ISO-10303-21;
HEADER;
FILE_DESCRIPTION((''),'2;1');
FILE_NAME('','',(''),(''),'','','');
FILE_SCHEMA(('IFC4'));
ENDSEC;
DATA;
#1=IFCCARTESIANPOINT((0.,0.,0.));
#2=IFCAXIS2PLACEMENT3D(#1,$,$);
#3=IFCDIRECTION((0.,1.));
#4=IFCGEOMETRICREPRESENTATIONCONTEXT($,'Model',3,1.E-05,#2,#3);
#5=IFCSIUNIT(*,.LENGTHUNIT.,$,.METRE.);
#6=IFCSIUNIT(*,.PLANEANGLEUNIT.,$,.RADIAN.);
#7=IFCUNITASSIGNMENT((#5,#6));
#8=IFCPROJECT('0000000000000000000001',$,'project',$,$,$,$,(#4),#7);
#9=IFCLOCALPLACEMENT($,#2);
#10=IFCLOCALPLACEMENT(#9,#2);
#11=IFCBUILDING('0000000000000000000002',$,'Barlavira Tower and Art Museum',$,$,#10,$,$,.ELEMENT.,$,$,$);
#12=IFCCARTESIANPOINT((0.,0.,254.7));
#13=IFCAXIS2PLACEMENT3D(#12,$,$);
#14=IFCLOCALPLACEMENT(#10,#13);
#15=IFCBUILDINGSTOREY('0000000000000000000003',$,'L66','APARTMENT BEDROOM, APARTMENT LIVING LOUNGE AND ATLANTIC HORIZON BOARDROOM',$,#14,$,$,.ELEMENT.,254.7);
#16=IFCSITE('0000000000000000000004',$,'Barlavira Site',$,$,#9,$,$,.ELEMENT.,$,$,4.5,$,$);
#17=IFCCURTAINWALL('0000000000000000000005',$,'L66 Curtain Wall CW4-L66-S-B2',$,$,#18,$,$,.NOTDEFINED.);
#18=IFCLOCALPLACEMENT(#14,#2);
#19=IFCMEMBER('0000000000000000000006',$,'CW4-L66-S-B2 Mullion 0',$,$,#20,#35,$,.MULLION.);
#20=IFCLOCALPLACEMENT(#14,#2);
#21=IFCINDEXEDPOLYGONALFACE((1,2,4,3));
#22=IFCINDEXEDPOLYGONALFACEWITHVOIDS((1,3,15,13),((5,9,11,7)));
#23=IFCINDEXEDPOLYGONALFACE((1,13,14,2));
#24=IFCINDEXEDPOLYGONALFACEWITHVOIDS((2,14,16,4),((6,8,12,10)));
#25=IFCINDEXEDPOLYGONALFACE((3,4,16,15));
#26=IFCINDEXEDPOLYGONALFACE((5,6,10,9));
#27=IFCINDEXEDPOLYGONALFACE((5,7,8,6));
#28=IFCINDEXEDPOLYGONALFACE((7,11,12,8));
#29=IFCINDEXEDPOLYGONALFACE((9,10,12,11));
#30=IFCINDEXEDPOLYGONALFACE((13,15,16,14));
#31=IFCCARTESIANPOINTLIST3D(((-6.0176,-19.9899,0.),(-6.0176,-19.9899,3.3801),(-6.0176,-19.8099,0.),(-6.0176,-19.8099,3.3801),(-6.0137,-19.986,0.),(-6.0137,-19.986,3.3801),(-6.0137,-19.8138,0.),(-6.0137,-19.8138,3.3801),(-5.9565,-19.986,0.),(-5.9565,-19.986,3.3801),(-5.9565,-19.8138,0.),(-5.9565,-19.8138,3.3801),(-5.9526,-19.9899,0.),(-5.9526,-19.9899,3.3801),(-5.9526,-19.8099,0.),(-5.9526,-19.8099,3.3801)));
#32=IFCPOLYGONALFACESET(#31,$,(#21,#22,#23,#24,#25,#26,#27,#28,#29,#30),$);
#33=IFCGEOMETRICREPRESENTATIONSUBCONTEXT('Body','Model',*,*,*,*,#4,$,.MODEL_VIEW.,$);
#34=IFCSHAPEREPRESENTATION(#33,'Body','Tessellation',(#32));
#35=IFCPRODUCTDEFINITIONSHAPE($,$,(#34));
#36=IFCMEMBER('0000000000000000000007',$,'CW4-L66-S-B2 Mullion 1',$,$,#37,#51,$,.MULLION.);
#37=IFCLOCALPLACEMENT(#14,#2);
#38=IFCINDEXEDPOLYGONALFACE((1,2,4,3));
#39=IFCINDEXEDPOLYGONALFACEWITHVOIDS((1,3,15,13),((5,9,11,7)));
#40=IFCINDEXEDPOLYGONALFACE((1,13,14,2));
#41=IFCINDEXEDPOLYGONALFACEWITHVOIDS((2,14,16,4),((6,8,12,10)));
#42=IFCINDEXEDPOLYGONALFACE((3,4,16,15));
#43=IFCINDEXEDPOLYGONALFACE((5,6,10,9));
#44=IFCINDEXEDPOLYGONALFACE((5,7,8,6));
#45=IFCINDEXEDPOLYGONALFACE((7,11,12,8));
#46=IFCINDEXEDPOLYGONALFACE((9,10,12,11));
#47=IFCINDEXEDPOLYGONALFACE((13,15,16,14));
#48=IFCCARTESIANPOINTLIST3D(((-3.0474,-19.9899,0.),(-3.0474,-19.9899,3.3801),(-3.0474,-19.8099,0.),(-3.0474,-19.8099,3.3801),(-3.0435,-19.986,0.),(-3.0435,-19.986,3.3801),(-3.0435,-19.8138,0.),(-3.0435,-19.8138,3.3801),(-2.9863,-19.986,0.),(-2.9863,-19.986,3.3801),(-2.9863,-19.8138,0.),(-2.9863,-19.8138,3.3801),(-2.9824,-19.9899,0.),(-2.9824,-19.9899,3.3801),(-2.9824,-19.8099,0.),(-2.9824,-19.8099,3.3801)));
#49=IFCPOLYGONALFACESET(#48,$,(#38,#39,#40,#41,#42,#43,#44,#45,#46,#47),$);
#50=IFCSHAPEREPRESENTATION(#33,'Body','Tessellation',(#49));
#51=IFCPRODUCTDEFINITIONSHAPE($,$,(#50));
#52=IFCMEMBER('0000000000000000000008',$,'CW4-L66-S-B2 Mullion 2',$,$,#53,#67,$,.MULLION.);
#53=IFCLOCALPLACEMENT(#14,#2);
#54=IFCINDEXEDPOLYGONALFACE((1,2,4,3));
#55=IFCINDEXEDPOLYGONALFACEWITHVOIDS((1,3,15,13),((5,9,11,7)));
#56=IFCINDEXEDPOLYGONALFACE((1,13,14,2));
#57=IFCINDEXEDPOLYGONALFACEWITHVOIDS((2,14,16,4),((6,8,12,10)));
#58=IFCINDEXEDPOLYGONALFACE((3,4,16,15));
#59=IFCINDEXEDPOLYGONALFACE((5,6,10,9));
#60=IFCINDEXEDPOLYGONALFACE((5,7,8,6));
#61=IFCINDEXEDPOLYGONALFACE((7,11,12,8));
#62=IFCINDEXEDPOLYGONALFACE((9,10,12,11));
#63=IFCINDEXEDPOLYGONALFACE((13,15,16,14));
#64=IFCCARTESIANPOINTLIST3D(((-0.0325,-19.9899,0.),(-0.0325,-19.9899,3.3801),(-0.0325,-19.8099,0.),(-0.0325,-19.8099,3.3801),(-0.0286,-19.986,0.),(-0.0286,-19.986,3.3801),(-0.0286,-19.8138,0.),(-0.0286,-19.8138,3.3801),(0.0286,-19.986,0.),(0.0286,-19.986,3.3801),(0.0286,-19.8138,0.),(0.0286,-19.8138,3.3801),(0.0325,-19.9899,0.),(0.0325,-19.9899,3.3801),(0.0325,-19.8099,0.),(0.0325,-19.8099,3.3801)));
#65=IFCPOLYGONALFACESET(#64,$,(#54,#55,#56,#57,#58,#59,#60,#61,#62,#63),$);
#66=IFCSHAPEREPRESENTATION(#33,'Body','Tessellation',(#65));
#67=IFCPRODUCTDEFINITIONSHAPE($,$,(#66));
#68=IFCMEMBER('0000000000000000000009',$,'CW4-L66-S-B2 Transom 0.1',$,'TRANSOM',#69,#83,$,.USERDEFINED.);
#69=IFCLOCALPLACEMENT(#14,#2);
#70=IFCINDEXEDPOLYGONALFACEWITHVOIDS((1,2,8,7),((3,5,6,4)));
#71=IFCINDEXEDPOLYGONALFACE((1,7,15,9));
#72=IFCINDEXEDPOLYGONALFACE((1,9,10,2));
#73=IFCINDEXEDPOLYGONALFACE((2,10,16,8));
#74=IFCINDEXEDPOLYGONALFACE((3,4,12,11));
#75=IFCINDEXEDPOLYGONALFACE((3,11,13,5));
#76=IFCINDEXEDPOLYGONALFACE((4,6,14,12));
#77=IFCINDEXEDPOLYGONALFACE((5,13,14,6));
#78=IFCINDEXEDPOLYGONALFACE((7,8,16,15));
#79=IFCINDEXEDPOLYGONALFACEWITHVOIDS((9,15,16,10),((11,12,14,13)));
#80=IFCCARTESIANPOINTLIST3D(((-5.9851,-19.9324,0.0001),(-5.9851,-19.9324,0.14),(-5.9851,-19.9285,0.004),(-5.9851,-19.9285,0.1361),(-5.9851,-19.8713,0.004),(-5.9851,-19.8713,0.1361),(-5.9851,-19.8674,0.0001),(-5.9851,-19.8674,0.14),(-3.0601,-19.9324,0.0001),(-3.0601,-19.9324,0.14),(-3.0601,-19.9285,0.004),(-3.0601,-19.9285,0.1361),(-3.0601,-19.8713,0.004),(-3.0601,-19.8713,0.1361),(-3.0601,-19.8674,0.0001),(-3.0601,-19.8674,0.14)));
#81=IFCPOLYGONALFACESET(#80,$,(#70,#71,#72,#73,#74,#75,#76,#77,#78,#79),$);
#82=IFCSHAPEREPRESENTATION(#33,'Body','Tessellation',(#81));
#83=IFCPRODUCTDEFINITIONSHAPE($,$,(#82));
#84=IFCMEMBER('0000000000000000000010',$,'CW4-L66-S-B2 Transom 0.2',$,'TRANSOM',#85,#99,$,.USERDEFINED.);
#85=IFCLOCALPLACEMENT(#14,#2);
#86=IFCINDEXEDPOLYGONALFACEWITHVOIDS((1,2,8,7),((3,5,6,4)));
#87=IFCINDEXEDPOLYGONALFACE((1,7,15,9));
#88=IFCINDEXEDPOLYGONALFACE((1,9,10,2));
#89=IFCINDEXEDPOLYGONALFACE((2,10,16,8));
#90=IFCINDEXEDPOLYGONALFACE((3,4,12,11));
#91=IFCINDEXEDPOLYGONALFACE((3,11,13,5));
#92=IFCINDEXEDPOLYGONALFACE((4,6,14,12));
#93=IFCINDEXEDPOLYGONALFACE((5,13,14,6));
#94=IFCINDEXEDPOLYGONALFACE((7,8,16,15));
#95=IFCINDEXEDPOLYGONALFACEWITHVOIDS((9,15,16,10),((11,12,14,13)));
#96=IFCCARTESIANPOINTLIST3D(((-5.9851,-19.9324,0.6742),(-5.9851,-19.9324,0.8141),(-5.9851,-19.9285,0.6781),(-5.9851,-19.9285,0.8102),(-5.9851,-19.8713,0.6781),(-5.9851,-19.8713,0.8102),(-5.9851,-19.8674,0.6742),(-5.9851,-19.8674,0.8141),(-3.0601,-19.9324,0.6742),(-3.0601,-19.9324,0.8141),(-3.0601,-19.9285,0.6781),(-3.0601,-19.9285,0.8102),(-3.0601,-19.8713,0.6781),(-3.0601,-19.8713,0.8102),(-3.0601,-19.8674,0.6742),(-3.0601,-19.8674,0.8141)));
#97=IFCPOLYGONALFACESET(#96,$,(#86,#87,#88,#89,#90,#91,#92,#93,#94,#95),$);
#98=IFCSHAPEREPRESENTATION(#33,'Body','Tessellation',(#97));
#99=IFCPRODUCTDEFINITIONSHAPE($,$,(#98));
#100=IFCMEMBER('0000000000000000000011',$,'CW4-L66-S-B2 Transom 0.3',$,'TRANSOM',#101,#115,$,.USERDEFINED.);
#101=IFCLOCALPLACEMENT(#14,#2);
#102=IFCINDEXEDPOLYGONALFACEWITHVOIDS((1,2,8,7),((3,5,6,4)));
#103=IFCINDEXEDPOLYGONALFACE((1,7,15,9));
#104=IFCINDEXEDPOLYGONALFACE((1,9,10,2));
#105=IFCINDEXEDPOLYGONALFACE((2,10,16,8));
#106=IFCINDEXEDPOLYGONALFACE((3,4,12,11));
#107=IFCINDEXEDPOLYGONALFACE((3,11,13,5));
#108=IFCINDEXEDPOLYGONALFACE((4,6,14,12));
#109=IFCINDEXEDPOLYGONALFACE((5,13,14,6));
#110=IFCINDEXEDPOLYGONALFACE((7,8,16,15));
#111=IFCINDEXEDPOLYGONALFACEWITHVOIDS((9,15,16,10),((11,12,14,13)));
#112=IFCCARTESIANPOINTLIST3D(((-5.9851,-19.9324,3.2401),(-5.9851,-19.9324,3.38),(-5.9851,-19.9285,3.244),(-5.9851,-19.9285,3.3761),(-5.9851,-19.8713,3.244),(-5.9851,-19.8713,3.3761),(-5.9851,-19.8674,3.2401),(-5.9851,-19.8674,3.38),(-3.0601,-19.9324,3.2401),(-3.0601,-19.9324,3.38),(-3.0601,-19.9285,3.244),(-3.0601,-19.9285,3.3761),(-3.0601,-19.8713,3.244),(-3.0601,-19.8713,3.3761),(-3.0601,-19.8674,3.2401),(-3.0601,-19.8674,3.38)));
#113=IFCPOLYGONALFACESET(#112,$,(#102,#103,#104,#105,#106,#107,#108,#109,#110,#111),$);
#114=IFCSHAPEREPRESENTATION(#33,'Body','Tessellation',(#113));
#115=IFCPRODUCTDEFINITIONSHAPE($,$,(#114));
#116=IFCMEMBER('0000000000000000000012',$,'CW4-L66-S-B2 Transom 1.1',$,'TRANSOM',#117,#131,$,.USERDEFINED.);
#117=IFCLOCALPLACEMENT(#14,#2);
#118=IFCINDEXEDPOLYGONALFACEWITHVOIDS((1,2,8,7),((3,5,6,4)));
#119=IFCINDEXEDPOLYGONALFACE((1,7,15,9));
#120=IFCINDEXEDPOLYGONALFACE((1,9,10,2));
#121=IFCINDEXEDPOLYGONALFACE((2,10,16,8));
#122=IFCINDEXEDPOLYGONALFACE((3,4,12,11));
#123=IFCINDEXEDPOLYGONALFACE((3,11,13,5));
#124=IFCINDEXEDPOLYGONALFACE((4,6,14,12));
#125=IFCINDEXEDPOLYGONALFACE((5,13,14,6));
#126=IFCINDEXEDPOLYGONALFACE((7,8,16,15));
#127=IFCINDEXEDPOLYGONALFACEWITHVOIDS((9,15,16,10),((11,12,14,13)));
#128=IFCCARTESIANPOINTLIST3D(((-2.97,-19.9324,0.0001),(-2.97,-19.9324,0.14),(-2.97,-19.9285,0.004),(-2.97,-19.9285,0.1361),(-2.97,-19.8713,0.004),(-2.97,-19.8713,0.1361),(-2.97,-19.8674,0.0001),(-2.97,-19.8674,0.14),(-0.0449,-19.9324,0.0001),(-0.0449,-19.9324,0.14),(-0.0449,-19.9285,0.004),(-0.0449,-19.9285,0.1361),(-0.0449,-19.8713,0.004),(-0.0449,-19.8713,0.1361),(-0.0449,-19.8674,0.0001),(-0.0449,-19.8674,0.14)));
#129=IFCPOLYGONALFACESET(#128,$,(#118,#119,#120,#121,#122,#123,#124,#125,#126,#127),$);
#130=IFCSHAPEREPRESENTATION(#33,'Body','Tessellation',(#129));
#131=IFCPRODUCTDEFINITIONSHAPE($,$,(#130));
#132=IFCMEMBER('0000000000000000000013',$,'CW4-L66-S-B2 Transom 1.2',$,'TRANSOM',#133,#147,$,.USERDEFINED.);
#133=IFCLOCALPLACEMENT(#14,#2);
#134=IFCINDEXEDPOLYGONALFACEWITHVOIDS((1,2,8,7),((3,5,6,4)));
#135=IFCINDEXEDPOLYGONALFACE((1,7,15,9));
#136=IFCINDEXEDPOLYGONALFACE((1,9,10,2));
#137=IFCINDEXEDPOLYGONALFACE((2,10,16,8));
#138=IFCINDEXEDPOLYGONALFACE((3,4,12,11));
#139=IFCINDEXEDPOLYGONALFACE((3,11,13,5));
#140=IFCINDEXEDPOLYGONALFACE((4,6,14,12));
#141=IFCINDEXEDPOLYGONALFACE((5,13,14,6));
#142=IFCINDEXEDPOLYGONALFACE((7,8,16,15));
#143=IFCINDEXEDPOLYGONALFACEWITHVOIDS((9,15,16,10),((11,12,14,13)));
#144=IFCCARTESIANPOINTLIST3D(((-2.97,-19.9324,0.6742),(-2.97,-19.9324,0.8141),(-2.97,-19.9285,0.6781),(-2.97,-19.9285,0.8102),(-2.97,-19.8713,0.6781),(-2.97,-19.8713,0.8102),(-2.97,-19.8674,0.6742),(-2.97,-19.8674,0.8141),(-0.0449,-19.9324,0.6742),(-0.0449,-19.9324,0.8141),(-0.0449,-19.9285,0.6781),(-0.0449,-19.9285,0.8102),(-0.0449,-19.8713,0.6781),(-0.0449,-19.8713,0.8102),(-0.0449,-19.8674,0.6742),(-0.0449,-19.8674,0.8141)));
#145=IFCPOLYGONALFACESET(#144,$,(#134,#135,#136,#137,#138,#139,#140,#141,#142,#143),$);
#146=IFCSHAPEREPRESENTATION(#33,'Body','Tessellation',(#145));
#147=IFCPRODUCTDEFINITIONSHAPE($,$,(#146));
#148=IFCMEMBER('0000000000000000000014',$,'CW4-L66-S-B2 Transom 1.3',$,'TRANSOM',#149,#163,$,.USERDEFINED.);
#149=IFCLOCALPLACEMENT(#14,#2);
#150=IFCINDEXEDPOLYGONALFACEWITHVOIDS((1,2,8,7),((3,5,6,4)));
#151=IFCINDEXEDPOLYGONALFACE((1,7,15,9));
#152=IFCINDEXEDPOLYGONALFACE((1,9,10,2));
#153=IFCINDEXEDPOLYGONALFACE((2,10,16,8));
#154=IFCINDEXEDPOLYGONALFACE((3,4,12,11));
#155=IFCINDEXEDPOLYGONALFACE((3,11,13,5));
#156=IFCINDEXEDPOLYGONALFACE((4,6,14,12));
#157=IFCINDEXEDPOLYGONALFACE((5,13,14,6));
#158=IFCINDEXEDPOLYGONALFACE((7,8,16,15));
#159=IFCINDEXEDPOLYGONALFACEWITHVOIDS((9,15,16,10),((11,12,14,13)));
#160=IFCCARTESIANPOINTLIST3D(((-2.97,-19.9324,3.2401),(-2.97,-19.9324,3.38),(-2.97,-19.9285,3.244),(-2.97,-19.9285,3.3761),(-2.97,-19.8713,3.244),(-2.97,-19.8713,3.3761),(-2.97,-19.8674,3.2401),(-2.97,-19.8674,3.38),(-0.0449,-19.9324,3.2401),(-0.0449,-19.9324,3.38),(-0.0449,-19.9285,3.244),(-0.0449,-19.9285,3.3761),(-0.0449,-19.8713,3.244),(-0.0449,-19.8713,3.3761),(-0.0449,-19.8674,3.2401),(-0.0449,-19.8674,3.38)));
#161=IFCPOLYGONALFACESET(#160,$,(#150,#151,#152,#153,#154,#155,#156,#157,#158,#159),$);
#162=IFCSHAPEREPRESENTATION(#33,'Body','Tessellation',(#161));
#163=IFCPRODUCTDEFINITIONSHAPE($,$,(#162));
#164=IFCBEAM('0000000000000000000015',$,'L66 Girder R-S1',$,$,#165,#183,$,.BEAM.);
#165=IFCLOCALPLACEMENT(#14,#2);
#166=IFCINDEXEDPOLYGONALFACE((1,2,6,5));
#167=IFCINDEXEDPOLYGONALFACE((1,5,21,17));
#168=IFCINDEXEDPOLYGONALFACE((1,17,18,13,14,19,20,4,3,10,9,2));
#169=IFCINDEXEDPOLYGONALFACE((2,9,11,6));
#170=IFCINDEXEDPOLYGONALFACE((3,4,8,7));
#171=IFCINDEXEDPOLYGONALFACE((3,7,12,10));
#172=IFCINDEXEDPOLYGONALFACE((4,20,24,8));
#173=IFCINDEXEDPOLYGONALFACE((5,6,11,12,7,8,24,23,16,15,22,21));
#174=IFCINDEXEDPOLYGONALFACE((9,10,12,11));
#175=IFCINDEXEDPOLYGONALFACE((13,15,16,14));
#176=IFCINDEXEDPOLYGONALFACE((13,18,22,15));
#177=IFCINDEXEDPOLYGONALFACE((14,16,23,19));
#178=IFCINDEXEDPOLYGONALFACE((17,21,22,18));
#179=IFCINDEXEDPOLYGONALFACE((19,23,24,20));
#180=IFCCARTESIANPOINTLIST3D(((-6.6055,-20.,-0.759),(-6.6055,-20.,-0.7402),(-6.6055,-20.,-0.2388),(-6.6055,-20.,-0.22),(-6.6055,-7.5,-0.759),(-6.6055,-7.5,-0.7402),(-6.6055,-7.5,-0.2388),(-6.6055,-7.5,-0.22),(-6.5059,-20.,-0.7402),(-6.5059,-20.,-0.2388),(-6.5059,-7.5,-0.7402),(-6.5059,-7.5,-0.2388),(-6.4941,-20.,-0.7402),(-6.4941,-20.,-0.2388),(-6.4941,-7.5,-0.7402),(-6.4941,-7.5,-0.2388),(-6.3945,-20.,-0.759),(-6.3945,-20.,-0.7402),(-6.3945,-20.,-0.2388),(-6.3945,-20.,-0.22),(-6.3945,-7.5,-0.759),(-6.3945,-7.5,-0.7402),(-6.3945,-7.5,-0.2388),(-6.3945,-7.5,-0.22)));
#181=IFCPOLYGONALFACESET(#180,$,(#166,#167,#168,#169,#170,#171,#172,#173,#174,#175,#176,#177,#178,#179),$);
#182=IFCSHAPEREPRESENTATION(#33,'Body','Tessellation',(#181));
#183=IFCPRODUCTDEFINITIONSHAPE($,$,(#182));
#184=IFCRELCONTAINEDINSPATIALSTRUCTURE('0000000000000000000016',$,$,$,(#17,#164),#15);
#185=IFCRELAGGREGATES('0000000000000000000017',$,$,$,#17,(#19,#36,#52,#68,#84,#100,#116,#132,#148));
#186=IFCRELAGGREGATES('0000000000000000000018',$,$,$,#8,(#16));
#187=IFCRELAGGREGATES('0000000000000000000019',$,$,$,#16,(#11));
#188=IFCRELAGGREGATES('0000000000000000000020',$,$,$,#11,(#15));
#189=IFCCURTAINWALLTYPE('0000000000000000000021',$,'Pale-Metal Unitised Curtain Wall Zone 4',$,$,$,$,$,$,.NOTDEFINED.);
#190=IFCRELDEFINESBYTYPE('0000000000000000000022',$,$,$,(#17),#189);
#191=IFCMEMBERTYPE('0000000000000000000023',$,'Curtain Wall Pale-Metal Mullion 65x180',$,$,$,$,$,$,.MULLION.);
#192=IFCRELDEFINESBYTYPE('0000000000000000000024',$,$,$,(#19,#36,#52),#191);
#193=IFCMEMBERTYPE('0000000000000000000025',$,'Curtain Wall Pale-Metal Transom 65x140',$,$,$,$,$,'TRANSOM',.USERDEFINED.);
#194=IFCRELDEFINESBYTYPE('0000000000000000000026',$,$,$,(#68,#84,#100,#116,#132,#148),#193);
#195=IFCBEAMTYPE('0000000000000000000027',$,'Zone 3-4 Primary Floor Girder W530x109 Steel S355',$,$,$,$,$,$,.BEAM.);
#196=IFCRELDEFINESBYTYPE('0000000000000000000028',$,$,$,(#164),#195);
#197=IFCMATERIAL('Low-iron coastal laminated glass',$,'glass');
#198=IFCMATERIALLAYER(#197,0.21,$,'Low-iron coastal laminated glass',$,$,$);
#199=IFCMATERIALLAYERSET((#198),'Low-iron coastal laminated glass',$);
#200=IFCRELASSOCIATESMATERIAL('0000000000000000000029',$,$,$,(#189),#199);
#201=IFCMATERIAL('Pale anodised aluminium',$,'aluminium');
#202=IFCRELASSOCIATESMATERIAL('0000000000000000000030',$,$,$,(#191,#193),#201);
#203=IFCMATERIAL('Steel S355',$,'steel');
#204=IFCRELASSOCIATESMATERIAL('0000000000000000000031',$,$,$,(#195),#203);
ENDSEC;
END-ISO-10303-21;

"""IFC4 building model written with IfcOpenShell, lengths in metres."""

from ifc_helpers import new_model, si_unit, direction, frame, origin, origin_2d, place, context, subcontext, project, spatial, hollow_rectangle, i_section, extrude, material, layer, layer_set, material_profile, profile_set, type_object, element, aggregate, save


model = new_model("IFC4")

# Units and contexts
model_context = context("Model", 3, precision=1e-05, world=origin(), true_north=direction((0.0, 1.0)))
body_context = subcontext(model_context, "Body", "Model", "MODEL_VIEW")
ifc_project = project(units=[si_unit("LENGTHUNIT", "METRE"), si_unit("PLANEANGLEUNIT", "RADIAN")], contexts=[model_context])

# Site, building, storey
site_placement = place(None, origin())
site = spatial("IfcSite", under=ifc_project, at=site_placement, Name="Barlavira Site", CompositionType="ELEMENT", RefElevation=4.5)
building_placement = place(site_placement, origin())
building = spatial("IfcBuilding", under=site, at=building_placement, Name="Barlavira Tower and Art Museum", CompositionType="ELEMENT")
storey_placement = place(building_placement, frame((0.0, 0.0, 254.7)))
storey = spatial("IfcBuildingStorey", under=building, at=storey_placement, Name="L66", Description="APARTMENT BEDROOM, APARTMENT LIVING LOUNGE AND ATLANTIC HORIZON BOARDROOM", CompositionType="ELEMENT", Elevation=254.7)

# Curtain wall, members
ifc_material_1 = material(Name="Low-iron coastal laminated glass", Category="glass")
ifc_layer_1 = layer(ifc_material_1, 0.21, Name="Low-iron coastal laminated glass")
ifc_layer_set_1 = layer_set([ifc_layer_1], Name="Low-iron coastal laminated glass")
curtain_wall_type = type_object("IfcCurtainWallType", Name="Pale-Metal Unitised Curtain Wall Zone 4", PredefinedType="NOTDEFINED", material=ifc_layer_set_1)
curtain_wall_placement = place(storey_placement, origin())
curtain_wall = element("IfcCurtainWall", 1, at=curtain_wall_placement, inside=storey, type_object=curtain_wall_type, Name="L66 Curtain Wall CW4-L66-S-B2", PredefinedType="NOTDEFINED")
ifc_material_2 = material(Name="Pale anodised aluminium", Category="aluminium")
ifc_material_profile_1 = material_profile(ifc_material_2, hollow_rectangle(XDim=0.0649, YDim=0.1799, WallThickness=0.0039, at=origin_2d()), Name="ALU-MULL 65x180x4")
ifc_profile_set_1 = profile_set([ifc_material_profile_1], Name="Pale anodised aluminium")
member_type_1 = type_object("IfcMemberType", Name="Curtain Wall Pale-Metal Mullion 65x180", PredefinedType="MULLION", material=ifc_profile_set_1)
member_1_placement = place(storey_placement, frame((-5.9851, -19.8999, 0.0), z_axis=(0.0, 0.0, 1.0), x_axis=(1.0, 0.0, 0.0)))
member_1 = element("IfcMember", 2, at=member_1_placement, type_object=member_type_1, Name="CW4-L66-S-B2 Mullion 0", PredefinedType="MULLION", context=body_context, shape_type="SweptSolid", body=[
    extrude(hollow_rectangle(XDim=0.0649, YDim=0.1799, WallThickness=0.0039, at=origin_2d()), origin(), (0.0, 0.0, 1.0), 3.3801),
])
member_2_placement = place(storey_placement, frame((-3.0149, -19.8999, 0.0), z_axis=(0.0, 0.0, 1.0), x_axis=(1.0, 0.0, 0.0)))
member_2 = element("IfcMember", 3, at=member_2_placement, type_object=member_type_1, Name="CW4-L66-S-B2 Mullion 1", PredefinedType="MULLION", context=body_context, shape_type="SweptSolid", body=[
    extrude(hollow_rectangle(XDim=0.0649, YDim=0.1799, WallThickness=0.0039, at=origin_2d()), origin(), (0.0, 0.0, 1.0), 3.3801),
])
member_3_placement = place(storey_placement, frame((0.0, -19.8999, 0.0), z_axis=(0.0, 0.0, 1.0), x_axis=(1.0, 0.0, 0.0)))
member_3 = element("IfcMember", 4, at=member_3_placement, type_object=member_type_1, Name="CW4-L66-S-B2 Mullion 2", PredefinedType="MULLION", context=body_context, shape_type="SweptSolid", body=[
    extrude(hollow_rectangle(XDim=0.0649, YDim=0.1799, WallThickness=0.0039, at=origin_2d()), origin(), (0.0, 0.0, 1.0), 3.3801),
])
ifc_material_profile_2 = material_profile(ifc_material_2, hollow_rectangle(XDim=0.0649, YDim=0.1399, WallThickness=0.0039, at=origin_2d()), Name="ALU-TRAN 65x140x4")
ifc_profile_set_2 = profile_set([ifc_material_profile_2], Name="Pale anodised aluminium")
member_type_2 = type_object("IfcMemberType", Name="Curtain Wall Pale-Metal Transom 65x140", ElementType="TRANSOM", PredefinedType="USERDEFINED", material=ifc_profile_set_2)
member_4_placement = place(storey_placement, frame((-5.9851, -19.8999, 0.0701), z_axis=(1.0, 0.0, 0.0), x_axis=(0.0, 1.0, 0.0)))
member_4 = element("IfcMember", 5, at=member_4_placement, type_object=member_type_2, Name="CW4-L66-S-B2 Transom 0.1", ObjectType="TRANSOM", PredefinedType="USERDEFINED", context=body_context, shape_type="SweptSolid", body=[
    extrude(hollow_rectangle(XDim=0.0649, YDim=0.1399, WallThickness=0.0039, at=origin_2d()), origin(), (0.0, 0.0, 1.0), 2.925),
])
member_5_placement = place(storey_placement, frame((-5.9851, -19.8999, 0.7441), z_axis=(1.0, 0.0, 0.0), x_axis=(0.0, 1.0, 0.0)))
member_5 = element("IfcMember", 6, at=member_5_placement, type_object=member_type_2, Name="CW4-L66-S-B2 Transom 0.2", ObjectType="TRANSOM", PredefinedType="USERDEFINED", context=body_context, shape_type="SweptSolid", body=[
    extrude(hollow_rectangle(XDim=0.0649, YDim=0.1399, WallThickness=0.0039, at=origin_2d()), origin(), (0.0, 0.0, 1.0), 2.925),
])
member_6_placement = place(storey_placement, frame((-5.9851, -19.8999, 3.3101), z_axis=(1.0, 0.0, 0.0), x_axis=(0.0, 1.0, 0.0)))
member_6 = element("IfcMember", 7, at=member_6_placement, type_object=member_type_2, Name="CW4-L66-S-B2 Transom 0.3", ObjectType="TRANSOM", PredefinedType="USERDEFINED", context=body_context, shape_type="SweptSolid", body=[
    extrude(hollow_rectangle(XDim=0.0649, YDim=0.1399, WallThickness=0.0039, at=origin_2d()), origin(), (0.0, 0.0, 1.0), 2.925),
])
member_7_placement = place(storey_placement, frame((-2.97, -19.8999, 0.0701), z_axis=(1.0, 0.0, 0.0), x_axis=(0.0, 1.0, 0.0)))
member_7 = element("IfcMember", 8, at=member_7_placement, type_object=member_type_2, Name="CW4-L66-S-B2 Transom 1.1", ObjectType="TRANSOM", PredefinedType="USERDEFINED", context=body_context, shape_type="SweptSolid", body=[
    extrude(hollow_rectangle(XDim=0.0649, YDim=0.1399, WallThickness=0.0039, at=origin_2d()), origin(), (0.0, 0.0, 1.0), 2.925),
])
member_8_placement = place(storey_placement, frame((-2.97, -19.8999, 0.7441), z_axis=(1.0, 0.0, 0.0), x_axis=(0.0, 1.0, 0.0)))
member_8 = element("IfcMember", 9, at=member_8_placement, type_object=member_type_2, Name="CW4-L66-S-B2 Transom 1.2", ObjectType="TRANSOM", PredefinedType="USERDEFINED", context=body_context, shape_type="SweptSolid", body=[
    extrude(hollow_rectangle(XDim=0.0649, YDim=0.1399, WallThickness=0.0039, at=origin_2d()), origin(), (0.0, 0.0, 1.0), 2.925),
])
member_9_placement = place(storey_placement, frame((-2.97, -19.8999, 3.3101), z_axis=(1.0, 0.0, 0.0), x_axis=(0.0, 1.0, 0.0)))
member_9 = element("IfcMember", 10, at=member_9_placement, type_object=member_type_2, Name="CW4-L66-S-B2 Transom 1.3", ObjectType="TRANSOM", PredefinedType="USERDEFINED", context=body_context, shape_type="SweptSolid", body=[
    extrude(hollow_rectangle(XDim=0.0649, YDim=0.1399, WallThickness=0.0039, at=origin_2d()), origin(), (0.0, 0.0, 1.0), 2.925),
])

# Beam
ifc_material_3 = material(Name="Steel S355", Category="steel")
ifc_material_profile_3 = material_profile(ifc_material_3, i_section(OverallWidth=0.2109, OverallDepth=0.5391, WebThickness=0.0117, FlangeThickness=0.0188, at=origin_2d()), Name="W530x109.0")
ifc_profile_set_3 = profile_set([ifc_material_profile_3], Name="Steel S355")
beam_type_1 = type_object("IfcBeamType", Name="Zone 3-4 Primary Floor Girder W530x109 Steel S355", PredefinedType="BEAM", material=ifc_profile_set_3)
beam_1_placement = place(storey_placement, frame((-6.5, -20.0, -0.4895), z_axis=(0.0, 1.0, 0.0), x_axis=(-1.0, 0.0, 0.0)))
element("IfcBeam", 11, at=beam_1_placement, inside=storey, type_object=beam_type_1, Name="L66 Girder R-S1", PredefinedType="BEAM", context=body_context, shape_type="SweptSolid", body=[
    extrude(i_section(OverallWidth=0.2109, OverallDepth=0.5391, WebThickness=0.0117, FlangeThickness=0.0188, at=origin_2d()), origin(), (0.0, 0.0, 1.0), 12.5),
])

aggregate(curtain_wall, [member_1, member_2, member_3, member_4, member_5, member_6, member_7, member_8, member_9])

save(model, "model.ifc")
